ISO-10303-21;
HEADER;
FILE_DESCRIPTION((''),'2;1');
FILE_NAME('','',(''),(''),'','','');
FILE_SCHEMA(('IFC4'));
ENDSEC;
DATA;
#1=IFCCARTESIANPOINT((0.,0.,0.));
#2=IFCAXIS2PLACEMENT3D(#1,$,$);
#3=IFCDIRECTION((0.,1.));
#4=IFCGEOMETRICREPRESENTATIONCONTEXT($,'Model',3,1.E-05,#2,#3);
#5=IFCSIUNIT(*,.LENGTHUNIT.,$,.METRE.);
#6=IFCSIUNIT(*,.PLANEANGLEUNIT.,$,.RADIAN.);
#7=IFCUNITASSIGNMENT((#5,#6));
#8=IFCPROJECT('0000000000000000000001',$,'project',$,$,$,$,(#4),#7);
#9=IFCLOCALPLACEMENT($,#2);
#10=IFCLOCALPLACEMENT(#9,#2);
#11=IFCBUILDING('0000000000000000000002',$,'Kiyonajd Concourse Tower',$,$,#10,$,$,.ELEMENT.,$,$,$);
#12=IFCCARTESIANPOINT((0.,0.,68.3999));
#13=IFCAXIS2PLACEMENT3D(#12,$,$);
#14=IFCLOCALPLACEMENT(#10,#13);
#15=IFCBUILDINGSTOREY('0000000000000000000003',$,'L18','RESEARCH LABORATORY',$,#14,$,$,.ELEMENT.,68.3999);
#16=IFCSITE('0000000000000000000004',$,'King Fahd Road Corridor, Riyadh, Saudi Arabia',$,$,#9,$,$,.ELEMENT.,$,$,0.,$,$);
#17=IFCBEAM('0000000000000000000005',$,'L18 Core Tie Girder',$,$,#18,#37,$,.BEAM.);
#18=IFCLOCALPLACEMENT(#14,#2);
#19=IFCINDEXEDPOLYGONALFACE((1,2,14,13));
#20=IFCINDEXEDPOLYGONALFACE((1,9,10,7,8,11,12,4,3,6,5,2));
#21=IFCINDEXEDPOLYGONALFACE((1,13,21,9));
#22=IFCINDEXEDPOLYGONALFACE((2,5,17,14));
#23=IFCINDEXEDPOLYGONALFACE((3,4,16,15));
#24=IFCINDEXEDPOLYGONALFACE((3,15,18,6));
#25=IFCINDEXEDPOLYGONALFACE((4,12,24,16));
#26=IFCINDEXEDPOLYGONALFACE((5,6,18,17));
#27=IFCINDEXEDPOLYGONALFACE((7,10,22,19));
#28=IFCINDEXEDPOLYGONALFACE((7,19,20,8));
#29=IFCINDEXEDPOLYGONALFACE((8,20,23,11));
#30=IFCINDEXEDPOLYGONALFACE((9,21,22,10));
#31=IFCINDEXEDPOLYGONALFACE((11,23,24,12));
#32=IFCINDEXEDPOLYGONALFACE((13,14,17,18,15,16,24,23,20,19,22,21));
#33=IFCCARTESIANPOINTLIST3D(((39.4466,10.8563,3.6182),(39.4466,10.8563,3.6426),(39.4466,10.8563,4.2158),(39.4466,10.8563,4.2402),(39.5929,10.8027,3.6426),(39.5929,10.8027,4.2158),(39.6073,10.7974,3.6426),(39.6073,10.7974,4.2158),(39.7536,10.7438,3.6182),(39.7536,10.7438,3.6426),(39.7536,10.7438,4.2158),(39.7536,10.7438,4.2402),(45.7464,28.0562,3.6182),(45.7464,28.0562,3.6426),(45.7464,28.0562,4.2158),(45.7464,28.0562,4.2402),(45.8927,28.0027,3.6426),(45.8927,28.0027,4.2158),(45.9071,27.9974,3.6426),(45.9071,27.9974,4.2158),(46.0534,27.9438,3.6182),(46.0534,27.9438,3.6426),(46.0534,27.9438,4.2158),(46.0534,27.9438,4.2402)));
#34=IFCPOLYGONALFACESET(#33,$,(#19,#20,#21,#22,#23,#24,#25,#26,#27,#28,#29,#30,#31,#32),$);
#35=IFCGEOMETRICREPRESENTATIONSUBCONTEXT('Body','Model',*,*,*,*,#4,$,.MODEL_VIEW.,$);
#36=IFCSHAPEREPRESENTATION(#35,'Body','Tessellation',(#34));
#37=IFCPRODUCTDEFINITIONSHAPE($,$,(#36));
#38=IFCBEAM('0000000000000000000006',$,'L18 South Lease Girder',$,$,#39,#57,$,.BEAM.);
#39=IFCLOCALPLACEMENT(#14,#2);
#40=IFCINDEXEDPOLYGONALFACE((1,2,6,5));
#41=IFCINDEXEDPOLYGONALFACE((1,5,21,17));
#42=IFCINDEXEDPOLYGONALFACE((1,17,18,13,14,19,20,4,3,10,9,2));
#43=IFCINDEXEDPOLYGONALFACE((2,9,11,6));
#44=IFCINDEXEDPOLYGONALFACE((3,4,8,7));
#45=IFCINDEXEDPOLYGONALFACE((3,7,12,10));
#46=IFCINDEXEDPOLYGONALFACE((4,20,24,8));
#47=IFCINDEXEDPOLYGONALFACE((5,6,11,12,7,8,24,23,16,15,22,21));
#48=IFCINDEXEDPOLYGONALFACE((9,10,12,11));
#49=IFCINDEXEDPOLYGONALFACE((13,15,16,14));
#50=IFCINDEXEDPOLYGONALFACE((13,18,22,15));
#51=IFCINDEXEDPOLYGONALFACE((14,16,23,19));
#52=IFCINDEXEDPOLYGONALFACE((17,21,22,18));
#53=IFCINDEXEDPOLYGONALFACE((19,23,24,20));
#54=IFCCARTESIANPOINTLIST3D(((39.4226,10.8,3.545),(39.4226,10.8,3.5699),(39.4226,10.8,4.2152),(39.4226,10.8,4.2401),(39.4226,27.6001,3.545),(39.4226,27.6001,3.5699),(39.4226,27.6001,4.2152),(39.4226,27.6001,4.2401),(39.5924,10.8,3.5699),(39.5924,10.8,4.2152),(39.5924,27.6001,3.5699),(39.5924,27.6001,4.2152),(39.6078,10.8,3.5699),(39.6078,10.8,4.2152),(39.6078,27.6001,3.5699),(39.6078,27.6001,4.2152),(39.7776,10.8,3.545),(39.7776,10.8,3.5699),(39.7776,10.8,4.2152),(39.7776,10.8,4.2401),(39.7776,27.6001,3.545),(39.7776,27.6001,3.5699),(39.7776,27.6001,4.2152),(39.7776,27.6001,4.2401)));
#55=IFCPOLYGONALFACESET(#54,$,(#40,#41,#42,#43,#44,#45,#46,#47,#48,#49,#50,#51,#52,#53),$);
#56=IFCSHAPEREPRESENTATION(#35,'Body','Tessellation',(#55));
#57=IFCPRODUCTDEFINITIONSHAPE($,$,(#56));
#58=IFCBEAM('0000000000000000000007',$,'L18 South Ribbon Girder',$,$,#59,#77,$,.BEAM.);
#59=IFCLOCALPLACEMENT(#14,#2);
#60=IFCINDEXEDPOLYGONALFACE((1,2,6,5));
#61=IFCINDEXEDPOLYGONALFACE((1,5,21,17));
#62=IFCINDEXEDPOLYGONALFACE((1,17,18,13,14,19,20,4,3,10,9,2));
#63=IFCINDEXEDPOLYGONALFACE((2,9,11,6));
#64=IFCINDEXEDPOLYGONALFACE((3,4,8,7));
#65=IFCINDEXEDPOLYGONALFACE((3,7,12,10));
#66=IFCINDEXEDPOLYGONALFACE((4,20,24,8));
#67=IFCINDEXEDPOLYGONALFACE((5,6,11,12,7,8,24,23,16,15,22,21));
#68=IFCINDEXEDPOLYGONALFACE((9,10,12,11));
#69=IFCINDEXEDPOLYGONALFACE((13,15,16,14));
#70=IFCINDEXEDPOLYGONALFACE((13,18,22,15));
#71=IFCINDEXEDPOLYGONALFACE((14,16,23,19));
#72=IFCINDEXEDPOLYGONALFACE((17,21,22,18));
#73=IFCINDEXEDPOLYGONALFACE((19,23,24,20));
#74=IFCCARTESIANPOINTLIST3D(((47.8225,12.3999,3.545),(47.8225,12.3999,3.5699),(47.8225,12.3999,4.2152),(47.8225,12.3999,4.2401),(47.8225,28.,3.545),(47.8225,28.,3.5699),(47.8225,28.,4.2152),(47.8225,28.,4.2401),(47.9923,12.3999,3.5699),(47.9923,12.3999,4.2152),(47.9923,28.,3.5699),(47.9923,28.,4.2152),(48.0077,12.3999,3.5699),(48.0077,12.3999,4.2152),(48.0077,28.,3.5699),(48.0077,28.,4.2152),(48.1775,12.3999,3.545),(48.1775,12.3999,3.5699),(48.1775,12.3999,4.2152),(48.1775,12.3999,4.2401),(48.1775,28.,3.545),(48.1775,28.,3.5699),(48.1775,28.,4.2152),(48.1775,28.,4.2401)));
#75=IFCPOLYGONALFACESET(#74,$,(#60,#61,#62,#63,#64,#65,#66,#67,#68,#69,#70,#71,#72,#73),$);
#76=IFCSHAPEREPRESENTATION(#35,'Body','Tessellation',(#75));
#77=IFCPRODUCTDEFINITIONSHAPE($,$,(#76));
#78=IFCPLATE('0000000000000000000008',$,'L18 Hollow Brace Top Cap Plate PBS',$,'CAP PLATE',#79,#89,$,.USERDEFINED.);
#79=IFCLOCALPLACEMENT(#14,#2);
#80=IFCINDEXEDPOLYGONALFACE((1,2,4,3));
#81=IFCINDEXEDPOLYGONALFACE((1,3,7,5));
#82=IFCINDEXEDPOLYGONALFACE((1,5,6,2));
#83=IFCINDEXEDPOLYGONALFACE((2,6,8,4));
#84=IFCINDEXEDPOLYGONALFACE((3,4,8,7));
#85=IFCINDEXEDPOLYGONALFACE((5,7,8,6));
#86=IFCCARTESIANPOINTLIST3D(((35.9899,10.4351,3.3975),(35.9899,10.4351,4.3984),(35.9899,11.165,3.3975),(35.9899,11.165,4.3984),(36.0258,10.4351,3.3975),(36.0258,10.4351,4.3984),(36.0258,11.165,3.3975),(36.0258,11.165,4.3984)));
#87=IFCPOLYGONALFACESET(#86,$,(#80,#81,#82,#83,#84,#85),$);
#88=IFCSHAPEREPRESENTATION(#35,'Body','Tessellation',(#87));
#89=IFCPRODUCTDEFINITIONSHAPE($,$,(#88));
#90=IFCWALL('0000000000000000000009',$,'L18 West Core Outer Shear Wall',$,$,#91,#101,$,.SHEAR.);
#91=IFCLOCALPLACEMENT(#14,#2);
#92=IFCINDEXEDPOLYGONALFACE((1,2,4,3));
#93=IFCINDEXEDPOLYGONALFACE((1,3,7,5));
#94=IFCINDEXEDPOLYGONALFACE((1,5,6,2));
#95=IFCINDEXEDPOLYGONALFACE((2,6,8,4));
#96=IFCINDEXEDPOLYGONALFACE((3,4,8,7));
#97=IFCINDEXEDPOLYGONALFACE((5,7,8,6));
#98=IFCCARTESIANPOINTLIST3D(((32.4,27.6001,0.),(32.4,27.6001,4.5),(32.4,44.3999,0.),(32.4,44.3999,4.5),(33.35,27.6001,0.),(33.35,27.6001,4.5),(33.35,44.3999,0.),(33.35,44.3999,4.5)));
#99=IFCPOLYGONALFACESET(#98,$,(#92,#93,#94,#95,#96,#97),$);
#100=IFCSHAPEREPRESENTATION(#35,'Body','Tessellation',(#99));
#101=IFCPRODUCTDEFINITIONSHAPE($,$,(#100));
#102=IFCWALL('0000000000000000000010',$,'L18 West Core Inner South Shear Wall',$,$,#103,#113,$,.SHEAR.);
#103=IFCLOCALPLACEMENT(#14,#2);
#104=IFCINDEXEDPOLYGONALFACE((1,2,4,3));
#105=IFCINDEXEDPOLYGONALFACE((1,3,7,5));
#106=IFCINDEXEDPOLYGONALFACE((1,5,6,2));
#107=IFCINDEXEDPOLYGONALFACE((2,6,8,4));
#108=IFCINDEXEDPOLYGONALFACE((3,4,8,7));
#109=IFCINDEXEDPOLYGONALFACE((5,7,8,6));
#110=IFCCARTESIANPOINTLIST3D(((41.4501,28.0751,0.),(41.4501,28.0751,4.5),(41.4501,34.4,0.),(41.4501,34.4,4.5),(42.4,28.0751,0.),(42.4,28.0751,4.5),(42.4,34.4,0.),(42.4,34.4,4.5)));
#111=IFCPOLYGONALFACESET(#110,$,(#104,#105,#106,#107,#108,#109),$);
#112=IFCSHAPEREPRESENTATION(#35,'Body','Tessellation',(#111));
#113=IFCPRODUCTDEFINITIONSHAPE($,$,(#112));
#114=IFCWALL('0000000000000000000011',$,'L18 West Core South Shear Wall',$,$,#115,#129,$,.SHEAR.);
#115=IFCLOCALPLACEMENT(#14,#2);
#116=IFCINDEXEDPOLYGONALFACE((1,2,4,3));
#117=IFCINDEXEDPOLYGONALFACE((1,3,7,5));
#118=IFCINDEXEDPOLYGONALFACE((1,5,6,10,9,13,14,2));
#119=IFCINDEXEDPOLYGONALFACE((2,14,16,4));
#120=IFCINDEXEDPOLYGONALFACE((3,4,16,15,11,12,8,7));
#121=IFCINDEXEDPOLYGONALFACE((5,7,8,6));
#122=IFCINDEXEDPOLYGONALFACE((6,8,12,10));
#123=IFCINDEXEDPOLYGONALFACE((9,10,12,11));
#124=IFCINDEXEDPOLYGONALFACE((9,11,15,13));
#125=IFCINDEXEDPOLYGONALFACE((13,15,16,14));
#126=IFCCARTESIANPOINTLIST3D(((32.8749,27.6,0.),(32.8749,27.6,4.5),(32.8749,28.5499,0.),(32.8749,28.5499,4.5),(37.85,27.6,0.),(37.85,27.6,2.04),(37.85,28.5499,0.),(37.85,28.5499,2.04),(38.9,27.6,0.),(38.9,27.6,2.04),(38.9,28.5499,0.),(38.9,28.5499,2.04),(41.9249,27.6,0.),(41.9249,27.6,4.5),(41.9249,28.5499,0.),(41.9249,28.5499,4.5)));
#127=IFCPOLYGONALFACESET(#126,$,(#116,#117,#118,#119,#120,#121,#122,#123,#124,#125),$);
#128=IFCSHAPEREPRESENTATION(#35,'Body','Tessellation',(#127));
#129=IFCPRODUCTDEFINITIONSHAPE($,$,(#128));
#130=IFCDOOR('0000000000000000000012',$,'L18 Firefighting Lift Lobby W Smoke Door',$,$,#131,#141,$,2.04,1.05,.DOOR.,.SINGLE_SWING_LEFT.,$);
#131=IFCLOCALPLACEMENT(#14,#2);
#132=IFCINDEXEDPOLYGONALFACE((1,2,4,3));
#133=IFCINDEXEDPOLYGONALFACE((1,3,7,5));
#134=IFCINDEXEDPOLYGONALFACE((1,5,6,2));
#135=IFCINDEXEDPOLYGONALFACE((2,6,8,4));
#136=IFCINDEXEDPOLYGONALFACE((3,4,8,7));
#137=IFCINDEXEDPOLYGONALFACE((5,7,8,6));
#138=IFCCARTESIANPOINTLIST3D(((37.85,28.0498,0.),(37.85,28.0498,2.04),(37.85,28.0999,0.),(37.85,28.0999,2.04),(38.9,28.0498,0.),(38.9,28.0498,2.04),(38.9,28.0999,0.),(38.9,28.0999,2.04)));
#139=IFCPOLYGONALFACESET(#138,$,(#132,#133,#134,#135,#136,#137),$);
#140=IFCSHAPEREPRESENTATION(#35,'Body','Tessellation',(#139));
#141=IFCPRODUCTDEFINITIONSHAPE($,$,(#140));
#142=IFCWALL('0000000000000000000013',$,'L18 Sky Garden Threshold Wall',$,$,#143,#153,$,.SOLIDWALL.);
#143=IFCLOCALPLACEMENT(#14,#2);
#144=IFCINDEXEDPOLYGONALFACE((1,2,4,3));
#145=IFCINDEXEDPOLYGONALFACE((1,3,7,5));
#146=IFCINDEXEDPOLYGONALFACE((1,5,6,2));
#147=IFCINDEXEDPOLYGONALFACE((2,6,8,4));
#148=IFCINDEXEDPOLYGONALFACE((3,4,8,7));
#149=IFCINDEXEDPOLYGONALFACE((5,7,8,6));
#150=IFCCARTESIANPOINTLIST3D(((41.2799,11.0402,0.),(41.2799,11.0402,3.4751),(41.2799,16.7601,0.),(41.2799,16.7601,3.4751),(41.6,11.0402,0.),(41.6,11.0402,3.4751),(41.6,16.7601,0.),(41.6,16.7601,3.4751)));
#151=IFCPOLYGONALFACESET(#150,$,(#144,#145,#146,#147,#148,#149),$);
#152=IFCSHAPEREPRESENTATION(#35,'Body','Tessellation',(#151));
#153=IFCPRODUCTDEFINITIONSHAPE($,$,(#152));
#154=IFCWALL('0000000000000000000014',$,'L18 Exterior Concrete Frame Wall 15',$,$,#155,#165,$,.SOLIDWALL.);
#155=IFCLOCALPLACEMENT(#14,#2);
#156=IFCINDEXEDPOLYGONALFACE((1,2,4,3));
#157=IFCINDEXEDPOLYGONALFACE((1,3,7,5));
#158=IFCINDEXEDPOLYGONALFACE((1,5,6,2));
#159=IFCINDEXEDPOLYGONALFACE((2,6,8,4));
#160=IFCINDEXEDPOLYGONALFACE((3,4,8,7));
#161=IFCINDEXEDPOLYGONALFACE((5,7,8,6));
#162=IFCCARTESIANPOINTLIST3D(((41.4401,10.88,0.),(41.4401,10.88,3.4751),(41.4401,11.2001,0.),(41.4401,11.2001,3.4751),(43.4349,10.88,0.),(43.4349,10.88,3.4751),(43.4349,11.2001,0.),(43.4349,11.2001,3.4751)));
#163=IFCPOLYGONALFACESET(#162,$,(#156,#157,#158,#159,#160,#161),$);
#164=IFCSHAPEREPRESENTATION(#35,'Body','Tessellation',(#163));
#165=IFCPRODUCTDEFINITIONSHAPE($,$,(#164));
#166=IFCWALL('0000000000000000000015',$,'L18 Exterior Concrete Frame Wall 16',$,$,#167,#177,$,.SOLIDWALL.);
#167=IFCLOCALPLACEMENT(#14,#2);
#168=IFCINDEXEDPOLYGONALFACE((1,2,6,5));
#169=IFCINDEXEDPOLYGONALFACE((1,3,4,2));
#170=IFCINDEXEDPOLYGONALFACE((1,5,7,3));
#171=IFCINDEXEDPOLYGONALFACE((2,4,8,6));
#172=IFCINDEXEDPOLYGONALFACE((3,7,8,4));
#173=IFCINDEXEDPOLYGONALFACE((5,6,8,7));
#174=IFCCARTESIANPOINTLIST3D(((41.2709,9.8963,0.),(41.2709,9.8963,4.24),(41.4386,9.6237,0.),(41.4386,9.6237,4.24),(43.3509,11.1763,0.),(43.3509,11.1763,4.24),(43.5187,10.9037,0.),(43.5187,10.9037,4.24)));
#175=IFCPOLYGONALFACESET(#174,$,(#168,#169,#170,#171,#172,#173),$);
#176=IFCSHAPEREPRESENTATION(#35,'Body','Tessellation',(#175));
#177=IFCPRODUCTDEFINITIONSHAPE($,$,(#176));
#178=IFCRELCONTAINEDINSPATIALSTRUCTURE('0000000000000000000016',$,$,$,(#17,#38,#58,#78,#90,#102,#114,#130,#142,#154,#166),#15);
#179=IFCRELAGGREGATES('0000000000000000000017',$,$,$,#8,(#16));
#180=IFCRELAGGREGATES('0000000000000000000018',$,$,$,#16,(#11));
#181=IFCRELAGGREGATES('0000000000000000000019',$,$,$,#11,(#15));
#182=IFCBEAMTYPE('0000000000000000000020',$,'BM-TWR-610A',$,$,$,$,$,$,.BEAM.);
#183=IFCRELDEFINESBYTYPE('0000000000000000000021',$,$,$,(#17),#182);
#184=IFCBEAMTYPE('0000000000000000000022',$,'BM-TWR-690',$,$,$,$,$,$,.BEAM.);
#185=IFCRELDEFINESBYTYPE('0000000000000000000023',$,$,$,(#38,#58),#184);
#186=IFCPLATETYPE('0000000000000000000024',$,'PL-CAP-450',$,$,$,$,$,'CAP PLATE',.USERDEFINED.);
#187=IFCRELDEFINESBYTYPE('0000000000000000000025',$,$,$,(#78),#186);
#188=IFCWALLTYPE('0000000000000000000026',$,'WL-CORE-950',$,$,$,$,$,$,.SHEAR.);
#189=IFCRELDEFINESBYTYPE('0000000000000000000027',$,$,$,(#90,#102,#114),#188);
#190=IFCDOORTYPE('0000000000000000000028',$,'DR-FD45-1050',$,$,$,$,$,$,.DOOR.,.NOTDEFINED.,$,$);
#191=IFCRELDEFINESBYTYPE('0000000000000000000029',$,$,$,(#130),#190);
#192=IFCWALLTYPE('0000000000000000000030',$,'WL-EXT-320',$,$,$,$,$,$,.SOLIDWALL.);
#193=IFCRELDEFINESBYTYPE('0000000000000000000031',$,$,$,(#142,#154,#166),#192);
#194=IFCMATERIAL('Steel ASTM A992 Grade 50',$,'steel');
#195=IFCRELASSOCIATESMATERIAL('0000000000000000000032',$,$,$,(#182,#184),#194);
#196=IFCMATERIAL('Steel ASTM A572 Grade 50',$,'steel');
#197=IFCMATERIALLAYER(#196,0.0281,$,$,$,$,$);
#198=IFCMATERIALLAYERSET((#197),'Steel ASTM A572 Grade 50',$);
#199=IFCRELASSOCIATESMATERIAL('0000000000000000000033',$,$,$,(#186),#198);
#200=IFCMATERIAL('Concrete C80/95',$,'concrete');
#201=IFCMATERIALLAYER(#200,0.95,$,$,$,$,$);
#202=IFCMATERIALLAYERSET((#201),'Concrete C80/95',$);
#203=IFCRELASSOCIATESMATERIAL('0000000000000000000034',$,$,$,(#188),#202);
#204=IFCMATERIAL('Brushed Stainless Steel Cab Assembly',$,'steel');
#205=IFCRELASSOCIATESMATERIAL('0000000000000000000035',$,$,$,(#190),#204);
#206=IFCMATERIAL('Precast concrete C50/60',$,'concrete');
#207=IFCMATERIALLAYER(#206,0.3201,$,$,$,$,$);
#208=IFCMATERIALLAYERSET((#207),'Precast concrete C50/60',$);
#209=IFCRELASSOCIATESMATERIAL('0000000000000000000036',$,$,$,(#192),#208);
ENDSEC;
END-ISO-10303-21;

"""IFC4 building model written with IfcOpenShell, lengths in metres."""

from ifc_helpers import new_model, si_unit, direction, frame, frame_2d, origin, origin_2d, place, context, subcontext, project, spatial, rectangle, i_section, extrude, material, layer, layer_set, material_profile, profile_set, type_object, element, fill, save


model = new_model("IFC4")

# Units and contexts
model_context = context("Model", 3, precision=1e-05, world=origin(), true_north=direction((0.0, 1.0)))
body_context = subcontext(model_context, "Body", "Model", "MODEL_VIEW")
ifc_project = project(units=[si_unit("LENGTHUNIT", "METRE"), si_unit("PLANEANGLEUNIT", "RADIAN")], contexts=[model_context])

# Site, building, storey
site_placement = place(None, origin())
site = spatial("IfcSite", under=ifc_project, at=site_placement, Name="King Fahd Road Corridor, Riyadh, Saudi Arabia", CompositionType="ELEMENT", RefElevation=0.0)
building_placement = place(site_placement, origin())
building = spatial("IfcBuilding", under=site, at=building_placement, Name="Kiyonajd Concourse Tower", CompositionType="ELEMENT")
storey_placement = place(building_placement, frame((0.0, 0.0, 68.3999)))
storey = spatial("IfcBuildingStorey", under=building, at=storey_placement, Name="L18", Description="RESEARCH LABORATORY", CompositionType="ELEMENT", Elevation=68.3999)

# Shared definitions
ifc_material_1 = material(Name="Concrete C80/95", Category="concrete")

# Beams
ifc_material_2 = material(Name="Steel ASTM A992 Grade 50", Category="steel")
ifc_material_3 = material(Name="Precast concrete C50/60", Category="concrete")
ifc_material_profile_1 = material_profile(ifc_material_2, i_section(OverallWidth=0.3269, OverallDepth=0.6221, WebThickness=0.0154, FlangeThickness=0.0244, at=origin_2d()), Name="W610X195")
ifc_profile_set_1 = profile_set([ifc_material_profile_1], Name="Steel ASTM A992 Grade 50")
beam_type_1 = type_object("IfcBeamType", Name="BM-TWR-610A", PredefinedType="BEAM", material=ifc_profile_set_1)
beam_1_placement = place(storey_placement, frame((39.6001, 10.8, 3.9292), z_axis=(0.343925, 0.938997, 0.0), x_axis=(-0.938997, 0.343925, 0.0)))
element("IfcBeam", 1, at=beam_1_placement, inside=storey, type_object=beam_type_1, Name="L18 Core Tie Girder", PredefinedType="BEAM", context=body_context, shape_type="SweptSolid", body=[
    extrude(i_section(OverallWidth=0.3269, OverallDepth=0.6221, WebThickness=0.0154, FlangeThickness=0.0244, at=origin_2d()), origin(), (0.0, 0.0, 1.0), 18.3174),
])
ifc_material_profile_2 = material_profile(ifc_material_2, i_section(OverallWidth=0.355, OverallDepth=0.6951, WebThickness=0.0154, FlangeThickness=0.0249, at=origin_2d()), Name="W690X217")
ifc_profile_set_2 = profile_set([ifc_material_profile_2], Name="Steel ASTM A992 Grade 50")
beam_type_2 = type_object("IfcBeamType", Name="BM-TWR-690", PredefinedType="BEAM", material=ifc_profile_set_2)
beam_2_placement = place(storey_placement, frame((39.6001, 10.8, 3.8926), z_axis=(0.0, 1.0, 0.0), x_axis=(-1.0, 0.0, 0.0)))
element("IfcBeam", 2, at=beam_2_placement, inside=storey, type_object=beam_type_2, Name="L18 South Lease Girder", PredefinedType="BEAM", context=body_context, shape_type="SweptSolid", body=[
    extrude(i_section(OverallWidth=0.355, OverallDepth=0.6951, WebThickness=0.0154, FlangeThickness=0.0249, at=origin_2d()), origin(), (0.0, 0.0, 1.0), 16.8),
])
beam_3_placement = place(storey_placement, frame((48.0, 12.3999, 3.8926), z_axis=(0.0, 1.0, 0.0), x_axis=(-1.0, 0.0, 0.0)))
element("IfcBeam", 3, at=beam_3_placement, inside=storey, type_object=beam_type_2, Name="L18 South Ribbon Girder", PredefinedType="BEAM", context=body_context, shape_type="SweptSolid", body=[
    extrude(i_section(OverallWidth=0.355, OverallDepth=0.6951, WebThickness=0.0154, FlangeThickness=0.0249, at=origin_2d()), origin(), (0.0, 0.0, 1.0), 15.6001),
])

# Plate
ifc_material_4 = material(Name="Steel ASTM A572 Grade 50", Category="steel")
ifc_layer_1 = layer(ifc_material_4, 0.0281)
ifc_layer_set_1 = layer_set([ifc_layer_1], Name="Steel ASTM A572 Grade 50")
plate_type = type_object("IfcPlateType", Name="PL-CAP-450", ElementType="CAP PLATE", PredefinedType="USERDEFINED", material=ifc_layer_set_1)
plate_placement = place(storey_placement, frame((36.0078, 10.8, 3.3975), z_axis=(0.0, 0.0, 1.0), x_axis=(1.0, 0.0, 0.0)))
element("IfcPlate", 4, at=plate_placement, inside=storey, type_object=plate_type, Name="L18 Hollow Brace Top Cap Plate PBS", ObjectType="CAP PLATE", PredefinedType="USERDEFINED", context=body_context, shape_type="SweptSolid", body=[
    extrude(rectangle(XDim=0.0359, YDim=0.73, at=origin_2d()), origin(), (0.0, 0.0, 1.0), 1.001),
])

# Walls
ifc_layer_2 = layer(ifc_material_1, 0.95)
ifc_layer_set_2 = layer_set([ifc_layer_2], Name="Concrete C80/95")
wall_type_1 = type_object("IfcWallType", Name="WL-CORE-950", PredefinedType="SHEAR", material=ifc_layer_set_2)
wall_1_placement = place(storey_placement, frame((32.875, 27.6001, 0.0), z_axis=(0.0, 0.0, 1.0), x_axis=(0.0, 1.0, 0.0)))
element("IfcWall", 5, at=wall_1_placement, inside=storey, type_object=wall_type_1, Name="L18 West Core Outer Shear Wall", PredefinedType="SHEAR", context=body_context, shape_type="SweptSolid", body=[
    extrude(rectangle(XDim=16.7998, YDim=0.95, at=frame_2d((8.3999, 0.0))), origin(), (0.0, 0.0, 1.0), 4.5),
])
wall_2_placement = place(storey_placement, frame((41.925, 28.075, 0.0), z_axis=(0.0, 0.0, 1.0), x_axis=(0.0, 1.0, 0.0)))
element("IfcWall", 6, at=wall_2_placement, inside=storey, type_object=wall_type_1, Name="L18 West Core Inner South Shear Wall", PredefinedType="SHEAR", context=body_context, shape_type="SweptSolid", body=[
    extrude(rectangle(XDim=6.325, YDim=0.95, at=frame_2d((3.1626, 0.0))), origin(), (0.0, 0.0, 1.0), 4.5),
])

# Wall, opening, door
wall_3_placement = place(storey_placement, frame((32.875, 28.075, 0.0), z_axis=(0.0, 0.0, 1.0), x_axis=(1.0, 0.0, 0.0)))
wall_3 = element("IfcWall", 7, at=wall_3_placement, inside=storey, type_object=wall_type_1, Name="L18 West Core South Shear Wall", PredefinedType="SHEAR", context=body_context, shape_type="SweptSolid", body=[
    extrude(rectangle(XDim=9.05, YDim=0.95, at=frame_2d((4.5249, 0.0))), origin(), (0.0, 0.0, 1.0), 4.5),
])
opening_placement = place(wall_3_placement, frame((4.9751, 0.0, 0.0)))
opening = element("IfcOpeningElement", 8, at=opening_placement, cuts=wall_3, PredefinedType="OPENING", context=body_context, shape_type="SweptSolid", body=[
    extrude(rectangle(XDim=1.05, YDim=2.04, at=frame_2d((0.5249, 1.02))), frame((0.0, 0.4849, 0.0), z_axis=(0.0, -1.0, 0.0), x_axis=(1.0, 0.0, 0.0)), (0.0, 0.0, 1.0), 0.97),
])
ifc_material_5 = material(Name="Brushed Stainless Steel Cab Assembly", Category="steel")
door_type = type_object("IfcDoorType", Name="DR-FD45-1050", OperationType="NOTDEFINED", PredefinedType="DOOR", material=ifc_material_5)
door_placement = place(opening_placement, origin())
door = element("IfcDoor", 9, at=door_placement, inside=storey, type_object=door_type, Name="L18 Firefighting Lift Lobby W Smoke Door", OperationType="SINGLE_SWING_LEFT", OverallHeight=2.04, OverallWidth=1.05, PredefinedType="DOOR", context=body_context, shape_type="SweptSolid", body=[
    extrude(rectangle(XDim=1.05, YDim=2.04, at=frame_2d((0.5249, 1.02))), frame((0.0, 0.0249, 0.0), z_axis=(0.0, -1.0, 0.0), x_axis=(1.0, 0.0, 0.0)), (0.0, 0.0, 1.0), 0.05),
])
fill(opening, door)

# Walls
ifc_layer_3 = layer(ifc_material_3, 0.3201)
ifc_layer_set_3 = layer_set([ifc_layer_3], Name="Precast concrete C50/60")
wall_type_2 = type_object("IfcWallType", Name="WL-EXT-320", PredefinedType="SOLIDWALL", material=ifc_layer_set_3)
wall_4_placement = place(storey_placement, frame((41.4399, 16.76, 0.0), z_axis=(0.0, 0.0, 1.0), x_axis=(0.0, -1.0, 0.0)))
element("IfcWall", 10, at=wall_4_placement, inside=storey, type_object=wall_type_2, Name="L18 Sky Garden Threshold Wall", PredefinedType="SOLIDWALL", context=body_context, shape_type="SweptSolid", body=[
    extrude(rectangle(XDim=5.72, YDim=0.3201, at=frame_2d((2.8599, 0.0))), origin(), (0.0, 0.0, 1.0), 3.4751),
])
wall_5_placement = place(storey_placement, frame((41.4399, 11.04, 0.0), z_axis=(0.0, 0.0, 1.0), x_axis=(1.0, 0.0, 0.0)))
element("IfcWall", 11, at=wall_5_placement, inside=storey, type_object=wall_type_2, Name="L18 Exterior Concrete Frame Wall 15", PredefinedType="SOLIDWALL", context=body_context, shape_type="SweptSolid", body=[
    extrude(rectangle(XDim=1.9949, YDim=0.3201, at=frame_2d((0.9976, 0.0))), origin(), (0.0, 0.0, 1.0), 3.4751),
])
wall_6_placement = place(storey_placement, frame((43.4348, 11.04, 0.0), z_axis=(0.0, 0.0, 1.0), x_axis=(-0.851662, -0.524092, 0.0)))
element("IfcWall", 12, at=wall_6_placement, inside=storey, type_object=wall_type_2, Name="L18 Exterior Concrete Frame Wall 16", PredefinedType="SOLIDWALL", context=body_context, shape_type="SweptSolid", body=[
    extrude(rectangle(XDim=2.4424, YDim=0.3201, at=frame_2d((1.2212, 0.0))), origin(), (0.0, 0.0, 1.0), 4.24),
])

save(model, "model.ifc")
